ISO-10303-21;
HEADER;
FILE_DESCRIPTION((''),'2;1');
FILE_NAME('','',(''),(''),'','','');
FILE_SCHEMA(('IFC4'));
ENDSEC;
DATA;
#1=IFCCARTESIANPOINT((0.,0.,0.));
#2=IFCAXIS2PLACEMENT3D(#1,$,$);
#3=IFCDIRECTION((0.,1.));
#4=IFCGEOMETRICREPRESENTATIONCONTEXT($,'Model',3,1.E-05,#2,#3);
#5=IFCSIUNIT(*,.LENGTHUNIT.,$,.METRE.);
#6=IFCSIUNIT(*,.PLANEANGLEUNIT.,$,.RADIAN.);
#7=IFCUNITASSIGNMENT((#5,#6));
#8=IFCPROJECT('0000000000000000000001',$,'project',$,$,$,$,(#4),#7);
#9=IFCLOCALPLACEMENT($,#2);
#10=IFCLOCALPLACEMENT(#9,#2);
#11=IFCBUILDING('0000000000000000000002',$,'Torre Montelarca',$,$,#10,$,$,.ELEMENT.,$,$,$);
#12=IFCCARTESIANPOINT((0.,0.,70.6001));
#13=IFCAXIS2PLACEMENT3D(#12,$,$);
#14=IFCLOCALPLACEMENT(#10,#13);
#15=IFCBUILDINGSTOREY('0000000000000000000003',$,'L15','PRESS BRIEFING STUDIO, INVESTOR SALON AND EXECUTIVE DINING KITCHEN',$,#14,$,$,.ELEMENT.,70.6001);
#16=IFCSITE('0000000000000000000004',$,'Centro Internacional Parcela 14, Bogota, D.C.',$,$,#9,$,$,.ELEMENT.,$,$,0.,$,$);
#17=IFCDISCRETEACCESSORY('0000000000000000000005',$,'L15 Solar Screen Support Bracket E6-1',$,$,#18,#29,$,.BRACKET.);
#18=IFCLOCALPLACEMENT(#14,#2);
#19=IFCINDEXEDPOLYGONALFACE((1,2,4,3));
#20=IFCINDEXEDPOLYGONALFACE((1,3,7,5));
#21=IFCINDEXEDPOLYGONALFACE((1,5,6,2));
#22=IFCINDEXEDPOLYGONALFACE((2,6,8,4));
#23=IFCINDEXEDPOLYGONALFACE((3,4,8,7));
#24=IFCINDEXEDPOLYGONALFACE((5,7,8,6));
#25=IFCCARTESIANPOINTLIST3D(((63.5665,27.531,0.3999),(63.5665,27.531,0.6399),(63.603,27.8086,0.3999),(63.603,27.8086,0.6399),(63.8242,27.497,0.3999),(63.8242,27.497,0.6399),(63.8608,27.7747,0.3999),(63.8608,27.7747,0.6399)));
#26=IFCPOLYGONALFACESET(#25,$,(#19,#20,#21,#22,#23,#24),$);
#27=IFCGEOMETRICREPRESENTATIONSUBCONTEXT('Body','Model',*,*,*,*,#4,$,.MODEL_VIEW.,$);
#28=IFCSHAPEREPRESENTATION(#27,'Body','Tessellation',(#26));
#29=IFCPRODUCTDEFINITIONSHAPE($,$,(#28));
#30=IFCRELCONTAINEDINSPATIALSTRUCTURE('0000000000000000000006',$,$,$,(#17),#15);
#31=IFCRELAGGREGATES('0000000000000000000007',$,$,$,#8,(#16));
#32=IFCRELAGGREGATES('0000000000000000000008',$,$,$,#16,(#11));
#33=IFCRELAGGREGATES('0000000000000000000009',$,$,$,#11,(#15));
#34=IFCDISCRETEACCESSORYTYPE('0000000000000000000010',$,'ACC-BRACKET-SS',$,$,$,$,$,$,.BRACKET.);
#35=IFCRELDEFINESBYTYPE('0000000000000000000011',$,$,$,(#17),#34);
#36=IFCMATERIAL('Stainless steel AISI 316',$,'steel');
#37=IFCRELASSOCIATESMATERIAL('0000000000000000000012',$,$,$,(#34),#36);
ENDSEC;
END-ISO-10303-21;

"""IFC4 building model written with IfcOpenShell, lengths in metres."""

from ifc_helpers import new_model, si_unit, direction, frame, origin, origin_2d, place, context, subcontext, project, spatial, rectangle, extrude, source, transform, mapped, material, type_object, element, save


model = new_model("IFC4")

# Units and contexts
model_context = context("Model", 3, precision=1e-05, world=origin(), true_north=direction((0.0, 1.0)))
body_context = subcontext(model_context, "Body", "Model", "MODEL_VIEW")
ifc_project = project(units=[si_unit("LENGTHUNIT", "METRE"), si_unit("PLANEANGLEUNIT", "RADIAN")], contexts=[model_context])

# Site, building, storey
site_placement = place(None, origin())
site = spatial("IfcSite", under=ifc_project, at=site_placement, Name="Centro Internacional Parcela 14, Bogota, D.C.", CompositionType="ELEMENT", RefElevation=0.0)
building_placement = place(site_placement, origin())
building = spatial("IfcBuilding", under=site, at=building_placement, Name="Torre Montelarca", CompositionType="ELEMENT")
storey_placement = place(building_placement, frame((0.0, 0.0, 70.6001)))
storey = spatial("IfcBuildingStorey", under=building, at=storey_placement, Name="L15", Description="PRESS BRIEFING STUDIO, INVESTOR SALON AND EXECUTIVE DINING KITCHEN", CompositionType="ELEMENT", Elevation=70.6001)

# Discrete accessory
ifc_material_1 = material(Name="Stainless steel AISI 316", Category="steel")
discrete_accessory_type = type_object("IfcDiscreteAccessoryType", Name="ACC-BRACKET-SS", PredefinedType="BRACKET", material=ifc_material_1)
shared_shape_1 = source(origin(), body_context, "Body", "SweptSolid", [
    extrude(rectangle(XDim=0.28, YDim=0.26, at=origin_2d()), origin(), (0.0, 0.0, 1.0), 0.24),
])
discrete_accessory_placement = place(storey_placement, frame((63.7136, 27.6528, 0.3999), z_axis=(0.0, 0.0, 1.0), x_axis=(0.130524, 0.991445, 0.0)))
element("IfcDiscreteAccessory", 1, at=discrete_accessory_placement, inside=storey, type_object=discrete_accessory_type, Name="L15 Solar Screen Support Bracket E6-1", PredefinedType="BRACKET", context=body_context, shape_type="MappedRepresentation", body=[
    mapped(shared_shape_1, transform((0.0, 0.0, 0.0), scale=1.0)),
])

save(model, "model.ifc")
